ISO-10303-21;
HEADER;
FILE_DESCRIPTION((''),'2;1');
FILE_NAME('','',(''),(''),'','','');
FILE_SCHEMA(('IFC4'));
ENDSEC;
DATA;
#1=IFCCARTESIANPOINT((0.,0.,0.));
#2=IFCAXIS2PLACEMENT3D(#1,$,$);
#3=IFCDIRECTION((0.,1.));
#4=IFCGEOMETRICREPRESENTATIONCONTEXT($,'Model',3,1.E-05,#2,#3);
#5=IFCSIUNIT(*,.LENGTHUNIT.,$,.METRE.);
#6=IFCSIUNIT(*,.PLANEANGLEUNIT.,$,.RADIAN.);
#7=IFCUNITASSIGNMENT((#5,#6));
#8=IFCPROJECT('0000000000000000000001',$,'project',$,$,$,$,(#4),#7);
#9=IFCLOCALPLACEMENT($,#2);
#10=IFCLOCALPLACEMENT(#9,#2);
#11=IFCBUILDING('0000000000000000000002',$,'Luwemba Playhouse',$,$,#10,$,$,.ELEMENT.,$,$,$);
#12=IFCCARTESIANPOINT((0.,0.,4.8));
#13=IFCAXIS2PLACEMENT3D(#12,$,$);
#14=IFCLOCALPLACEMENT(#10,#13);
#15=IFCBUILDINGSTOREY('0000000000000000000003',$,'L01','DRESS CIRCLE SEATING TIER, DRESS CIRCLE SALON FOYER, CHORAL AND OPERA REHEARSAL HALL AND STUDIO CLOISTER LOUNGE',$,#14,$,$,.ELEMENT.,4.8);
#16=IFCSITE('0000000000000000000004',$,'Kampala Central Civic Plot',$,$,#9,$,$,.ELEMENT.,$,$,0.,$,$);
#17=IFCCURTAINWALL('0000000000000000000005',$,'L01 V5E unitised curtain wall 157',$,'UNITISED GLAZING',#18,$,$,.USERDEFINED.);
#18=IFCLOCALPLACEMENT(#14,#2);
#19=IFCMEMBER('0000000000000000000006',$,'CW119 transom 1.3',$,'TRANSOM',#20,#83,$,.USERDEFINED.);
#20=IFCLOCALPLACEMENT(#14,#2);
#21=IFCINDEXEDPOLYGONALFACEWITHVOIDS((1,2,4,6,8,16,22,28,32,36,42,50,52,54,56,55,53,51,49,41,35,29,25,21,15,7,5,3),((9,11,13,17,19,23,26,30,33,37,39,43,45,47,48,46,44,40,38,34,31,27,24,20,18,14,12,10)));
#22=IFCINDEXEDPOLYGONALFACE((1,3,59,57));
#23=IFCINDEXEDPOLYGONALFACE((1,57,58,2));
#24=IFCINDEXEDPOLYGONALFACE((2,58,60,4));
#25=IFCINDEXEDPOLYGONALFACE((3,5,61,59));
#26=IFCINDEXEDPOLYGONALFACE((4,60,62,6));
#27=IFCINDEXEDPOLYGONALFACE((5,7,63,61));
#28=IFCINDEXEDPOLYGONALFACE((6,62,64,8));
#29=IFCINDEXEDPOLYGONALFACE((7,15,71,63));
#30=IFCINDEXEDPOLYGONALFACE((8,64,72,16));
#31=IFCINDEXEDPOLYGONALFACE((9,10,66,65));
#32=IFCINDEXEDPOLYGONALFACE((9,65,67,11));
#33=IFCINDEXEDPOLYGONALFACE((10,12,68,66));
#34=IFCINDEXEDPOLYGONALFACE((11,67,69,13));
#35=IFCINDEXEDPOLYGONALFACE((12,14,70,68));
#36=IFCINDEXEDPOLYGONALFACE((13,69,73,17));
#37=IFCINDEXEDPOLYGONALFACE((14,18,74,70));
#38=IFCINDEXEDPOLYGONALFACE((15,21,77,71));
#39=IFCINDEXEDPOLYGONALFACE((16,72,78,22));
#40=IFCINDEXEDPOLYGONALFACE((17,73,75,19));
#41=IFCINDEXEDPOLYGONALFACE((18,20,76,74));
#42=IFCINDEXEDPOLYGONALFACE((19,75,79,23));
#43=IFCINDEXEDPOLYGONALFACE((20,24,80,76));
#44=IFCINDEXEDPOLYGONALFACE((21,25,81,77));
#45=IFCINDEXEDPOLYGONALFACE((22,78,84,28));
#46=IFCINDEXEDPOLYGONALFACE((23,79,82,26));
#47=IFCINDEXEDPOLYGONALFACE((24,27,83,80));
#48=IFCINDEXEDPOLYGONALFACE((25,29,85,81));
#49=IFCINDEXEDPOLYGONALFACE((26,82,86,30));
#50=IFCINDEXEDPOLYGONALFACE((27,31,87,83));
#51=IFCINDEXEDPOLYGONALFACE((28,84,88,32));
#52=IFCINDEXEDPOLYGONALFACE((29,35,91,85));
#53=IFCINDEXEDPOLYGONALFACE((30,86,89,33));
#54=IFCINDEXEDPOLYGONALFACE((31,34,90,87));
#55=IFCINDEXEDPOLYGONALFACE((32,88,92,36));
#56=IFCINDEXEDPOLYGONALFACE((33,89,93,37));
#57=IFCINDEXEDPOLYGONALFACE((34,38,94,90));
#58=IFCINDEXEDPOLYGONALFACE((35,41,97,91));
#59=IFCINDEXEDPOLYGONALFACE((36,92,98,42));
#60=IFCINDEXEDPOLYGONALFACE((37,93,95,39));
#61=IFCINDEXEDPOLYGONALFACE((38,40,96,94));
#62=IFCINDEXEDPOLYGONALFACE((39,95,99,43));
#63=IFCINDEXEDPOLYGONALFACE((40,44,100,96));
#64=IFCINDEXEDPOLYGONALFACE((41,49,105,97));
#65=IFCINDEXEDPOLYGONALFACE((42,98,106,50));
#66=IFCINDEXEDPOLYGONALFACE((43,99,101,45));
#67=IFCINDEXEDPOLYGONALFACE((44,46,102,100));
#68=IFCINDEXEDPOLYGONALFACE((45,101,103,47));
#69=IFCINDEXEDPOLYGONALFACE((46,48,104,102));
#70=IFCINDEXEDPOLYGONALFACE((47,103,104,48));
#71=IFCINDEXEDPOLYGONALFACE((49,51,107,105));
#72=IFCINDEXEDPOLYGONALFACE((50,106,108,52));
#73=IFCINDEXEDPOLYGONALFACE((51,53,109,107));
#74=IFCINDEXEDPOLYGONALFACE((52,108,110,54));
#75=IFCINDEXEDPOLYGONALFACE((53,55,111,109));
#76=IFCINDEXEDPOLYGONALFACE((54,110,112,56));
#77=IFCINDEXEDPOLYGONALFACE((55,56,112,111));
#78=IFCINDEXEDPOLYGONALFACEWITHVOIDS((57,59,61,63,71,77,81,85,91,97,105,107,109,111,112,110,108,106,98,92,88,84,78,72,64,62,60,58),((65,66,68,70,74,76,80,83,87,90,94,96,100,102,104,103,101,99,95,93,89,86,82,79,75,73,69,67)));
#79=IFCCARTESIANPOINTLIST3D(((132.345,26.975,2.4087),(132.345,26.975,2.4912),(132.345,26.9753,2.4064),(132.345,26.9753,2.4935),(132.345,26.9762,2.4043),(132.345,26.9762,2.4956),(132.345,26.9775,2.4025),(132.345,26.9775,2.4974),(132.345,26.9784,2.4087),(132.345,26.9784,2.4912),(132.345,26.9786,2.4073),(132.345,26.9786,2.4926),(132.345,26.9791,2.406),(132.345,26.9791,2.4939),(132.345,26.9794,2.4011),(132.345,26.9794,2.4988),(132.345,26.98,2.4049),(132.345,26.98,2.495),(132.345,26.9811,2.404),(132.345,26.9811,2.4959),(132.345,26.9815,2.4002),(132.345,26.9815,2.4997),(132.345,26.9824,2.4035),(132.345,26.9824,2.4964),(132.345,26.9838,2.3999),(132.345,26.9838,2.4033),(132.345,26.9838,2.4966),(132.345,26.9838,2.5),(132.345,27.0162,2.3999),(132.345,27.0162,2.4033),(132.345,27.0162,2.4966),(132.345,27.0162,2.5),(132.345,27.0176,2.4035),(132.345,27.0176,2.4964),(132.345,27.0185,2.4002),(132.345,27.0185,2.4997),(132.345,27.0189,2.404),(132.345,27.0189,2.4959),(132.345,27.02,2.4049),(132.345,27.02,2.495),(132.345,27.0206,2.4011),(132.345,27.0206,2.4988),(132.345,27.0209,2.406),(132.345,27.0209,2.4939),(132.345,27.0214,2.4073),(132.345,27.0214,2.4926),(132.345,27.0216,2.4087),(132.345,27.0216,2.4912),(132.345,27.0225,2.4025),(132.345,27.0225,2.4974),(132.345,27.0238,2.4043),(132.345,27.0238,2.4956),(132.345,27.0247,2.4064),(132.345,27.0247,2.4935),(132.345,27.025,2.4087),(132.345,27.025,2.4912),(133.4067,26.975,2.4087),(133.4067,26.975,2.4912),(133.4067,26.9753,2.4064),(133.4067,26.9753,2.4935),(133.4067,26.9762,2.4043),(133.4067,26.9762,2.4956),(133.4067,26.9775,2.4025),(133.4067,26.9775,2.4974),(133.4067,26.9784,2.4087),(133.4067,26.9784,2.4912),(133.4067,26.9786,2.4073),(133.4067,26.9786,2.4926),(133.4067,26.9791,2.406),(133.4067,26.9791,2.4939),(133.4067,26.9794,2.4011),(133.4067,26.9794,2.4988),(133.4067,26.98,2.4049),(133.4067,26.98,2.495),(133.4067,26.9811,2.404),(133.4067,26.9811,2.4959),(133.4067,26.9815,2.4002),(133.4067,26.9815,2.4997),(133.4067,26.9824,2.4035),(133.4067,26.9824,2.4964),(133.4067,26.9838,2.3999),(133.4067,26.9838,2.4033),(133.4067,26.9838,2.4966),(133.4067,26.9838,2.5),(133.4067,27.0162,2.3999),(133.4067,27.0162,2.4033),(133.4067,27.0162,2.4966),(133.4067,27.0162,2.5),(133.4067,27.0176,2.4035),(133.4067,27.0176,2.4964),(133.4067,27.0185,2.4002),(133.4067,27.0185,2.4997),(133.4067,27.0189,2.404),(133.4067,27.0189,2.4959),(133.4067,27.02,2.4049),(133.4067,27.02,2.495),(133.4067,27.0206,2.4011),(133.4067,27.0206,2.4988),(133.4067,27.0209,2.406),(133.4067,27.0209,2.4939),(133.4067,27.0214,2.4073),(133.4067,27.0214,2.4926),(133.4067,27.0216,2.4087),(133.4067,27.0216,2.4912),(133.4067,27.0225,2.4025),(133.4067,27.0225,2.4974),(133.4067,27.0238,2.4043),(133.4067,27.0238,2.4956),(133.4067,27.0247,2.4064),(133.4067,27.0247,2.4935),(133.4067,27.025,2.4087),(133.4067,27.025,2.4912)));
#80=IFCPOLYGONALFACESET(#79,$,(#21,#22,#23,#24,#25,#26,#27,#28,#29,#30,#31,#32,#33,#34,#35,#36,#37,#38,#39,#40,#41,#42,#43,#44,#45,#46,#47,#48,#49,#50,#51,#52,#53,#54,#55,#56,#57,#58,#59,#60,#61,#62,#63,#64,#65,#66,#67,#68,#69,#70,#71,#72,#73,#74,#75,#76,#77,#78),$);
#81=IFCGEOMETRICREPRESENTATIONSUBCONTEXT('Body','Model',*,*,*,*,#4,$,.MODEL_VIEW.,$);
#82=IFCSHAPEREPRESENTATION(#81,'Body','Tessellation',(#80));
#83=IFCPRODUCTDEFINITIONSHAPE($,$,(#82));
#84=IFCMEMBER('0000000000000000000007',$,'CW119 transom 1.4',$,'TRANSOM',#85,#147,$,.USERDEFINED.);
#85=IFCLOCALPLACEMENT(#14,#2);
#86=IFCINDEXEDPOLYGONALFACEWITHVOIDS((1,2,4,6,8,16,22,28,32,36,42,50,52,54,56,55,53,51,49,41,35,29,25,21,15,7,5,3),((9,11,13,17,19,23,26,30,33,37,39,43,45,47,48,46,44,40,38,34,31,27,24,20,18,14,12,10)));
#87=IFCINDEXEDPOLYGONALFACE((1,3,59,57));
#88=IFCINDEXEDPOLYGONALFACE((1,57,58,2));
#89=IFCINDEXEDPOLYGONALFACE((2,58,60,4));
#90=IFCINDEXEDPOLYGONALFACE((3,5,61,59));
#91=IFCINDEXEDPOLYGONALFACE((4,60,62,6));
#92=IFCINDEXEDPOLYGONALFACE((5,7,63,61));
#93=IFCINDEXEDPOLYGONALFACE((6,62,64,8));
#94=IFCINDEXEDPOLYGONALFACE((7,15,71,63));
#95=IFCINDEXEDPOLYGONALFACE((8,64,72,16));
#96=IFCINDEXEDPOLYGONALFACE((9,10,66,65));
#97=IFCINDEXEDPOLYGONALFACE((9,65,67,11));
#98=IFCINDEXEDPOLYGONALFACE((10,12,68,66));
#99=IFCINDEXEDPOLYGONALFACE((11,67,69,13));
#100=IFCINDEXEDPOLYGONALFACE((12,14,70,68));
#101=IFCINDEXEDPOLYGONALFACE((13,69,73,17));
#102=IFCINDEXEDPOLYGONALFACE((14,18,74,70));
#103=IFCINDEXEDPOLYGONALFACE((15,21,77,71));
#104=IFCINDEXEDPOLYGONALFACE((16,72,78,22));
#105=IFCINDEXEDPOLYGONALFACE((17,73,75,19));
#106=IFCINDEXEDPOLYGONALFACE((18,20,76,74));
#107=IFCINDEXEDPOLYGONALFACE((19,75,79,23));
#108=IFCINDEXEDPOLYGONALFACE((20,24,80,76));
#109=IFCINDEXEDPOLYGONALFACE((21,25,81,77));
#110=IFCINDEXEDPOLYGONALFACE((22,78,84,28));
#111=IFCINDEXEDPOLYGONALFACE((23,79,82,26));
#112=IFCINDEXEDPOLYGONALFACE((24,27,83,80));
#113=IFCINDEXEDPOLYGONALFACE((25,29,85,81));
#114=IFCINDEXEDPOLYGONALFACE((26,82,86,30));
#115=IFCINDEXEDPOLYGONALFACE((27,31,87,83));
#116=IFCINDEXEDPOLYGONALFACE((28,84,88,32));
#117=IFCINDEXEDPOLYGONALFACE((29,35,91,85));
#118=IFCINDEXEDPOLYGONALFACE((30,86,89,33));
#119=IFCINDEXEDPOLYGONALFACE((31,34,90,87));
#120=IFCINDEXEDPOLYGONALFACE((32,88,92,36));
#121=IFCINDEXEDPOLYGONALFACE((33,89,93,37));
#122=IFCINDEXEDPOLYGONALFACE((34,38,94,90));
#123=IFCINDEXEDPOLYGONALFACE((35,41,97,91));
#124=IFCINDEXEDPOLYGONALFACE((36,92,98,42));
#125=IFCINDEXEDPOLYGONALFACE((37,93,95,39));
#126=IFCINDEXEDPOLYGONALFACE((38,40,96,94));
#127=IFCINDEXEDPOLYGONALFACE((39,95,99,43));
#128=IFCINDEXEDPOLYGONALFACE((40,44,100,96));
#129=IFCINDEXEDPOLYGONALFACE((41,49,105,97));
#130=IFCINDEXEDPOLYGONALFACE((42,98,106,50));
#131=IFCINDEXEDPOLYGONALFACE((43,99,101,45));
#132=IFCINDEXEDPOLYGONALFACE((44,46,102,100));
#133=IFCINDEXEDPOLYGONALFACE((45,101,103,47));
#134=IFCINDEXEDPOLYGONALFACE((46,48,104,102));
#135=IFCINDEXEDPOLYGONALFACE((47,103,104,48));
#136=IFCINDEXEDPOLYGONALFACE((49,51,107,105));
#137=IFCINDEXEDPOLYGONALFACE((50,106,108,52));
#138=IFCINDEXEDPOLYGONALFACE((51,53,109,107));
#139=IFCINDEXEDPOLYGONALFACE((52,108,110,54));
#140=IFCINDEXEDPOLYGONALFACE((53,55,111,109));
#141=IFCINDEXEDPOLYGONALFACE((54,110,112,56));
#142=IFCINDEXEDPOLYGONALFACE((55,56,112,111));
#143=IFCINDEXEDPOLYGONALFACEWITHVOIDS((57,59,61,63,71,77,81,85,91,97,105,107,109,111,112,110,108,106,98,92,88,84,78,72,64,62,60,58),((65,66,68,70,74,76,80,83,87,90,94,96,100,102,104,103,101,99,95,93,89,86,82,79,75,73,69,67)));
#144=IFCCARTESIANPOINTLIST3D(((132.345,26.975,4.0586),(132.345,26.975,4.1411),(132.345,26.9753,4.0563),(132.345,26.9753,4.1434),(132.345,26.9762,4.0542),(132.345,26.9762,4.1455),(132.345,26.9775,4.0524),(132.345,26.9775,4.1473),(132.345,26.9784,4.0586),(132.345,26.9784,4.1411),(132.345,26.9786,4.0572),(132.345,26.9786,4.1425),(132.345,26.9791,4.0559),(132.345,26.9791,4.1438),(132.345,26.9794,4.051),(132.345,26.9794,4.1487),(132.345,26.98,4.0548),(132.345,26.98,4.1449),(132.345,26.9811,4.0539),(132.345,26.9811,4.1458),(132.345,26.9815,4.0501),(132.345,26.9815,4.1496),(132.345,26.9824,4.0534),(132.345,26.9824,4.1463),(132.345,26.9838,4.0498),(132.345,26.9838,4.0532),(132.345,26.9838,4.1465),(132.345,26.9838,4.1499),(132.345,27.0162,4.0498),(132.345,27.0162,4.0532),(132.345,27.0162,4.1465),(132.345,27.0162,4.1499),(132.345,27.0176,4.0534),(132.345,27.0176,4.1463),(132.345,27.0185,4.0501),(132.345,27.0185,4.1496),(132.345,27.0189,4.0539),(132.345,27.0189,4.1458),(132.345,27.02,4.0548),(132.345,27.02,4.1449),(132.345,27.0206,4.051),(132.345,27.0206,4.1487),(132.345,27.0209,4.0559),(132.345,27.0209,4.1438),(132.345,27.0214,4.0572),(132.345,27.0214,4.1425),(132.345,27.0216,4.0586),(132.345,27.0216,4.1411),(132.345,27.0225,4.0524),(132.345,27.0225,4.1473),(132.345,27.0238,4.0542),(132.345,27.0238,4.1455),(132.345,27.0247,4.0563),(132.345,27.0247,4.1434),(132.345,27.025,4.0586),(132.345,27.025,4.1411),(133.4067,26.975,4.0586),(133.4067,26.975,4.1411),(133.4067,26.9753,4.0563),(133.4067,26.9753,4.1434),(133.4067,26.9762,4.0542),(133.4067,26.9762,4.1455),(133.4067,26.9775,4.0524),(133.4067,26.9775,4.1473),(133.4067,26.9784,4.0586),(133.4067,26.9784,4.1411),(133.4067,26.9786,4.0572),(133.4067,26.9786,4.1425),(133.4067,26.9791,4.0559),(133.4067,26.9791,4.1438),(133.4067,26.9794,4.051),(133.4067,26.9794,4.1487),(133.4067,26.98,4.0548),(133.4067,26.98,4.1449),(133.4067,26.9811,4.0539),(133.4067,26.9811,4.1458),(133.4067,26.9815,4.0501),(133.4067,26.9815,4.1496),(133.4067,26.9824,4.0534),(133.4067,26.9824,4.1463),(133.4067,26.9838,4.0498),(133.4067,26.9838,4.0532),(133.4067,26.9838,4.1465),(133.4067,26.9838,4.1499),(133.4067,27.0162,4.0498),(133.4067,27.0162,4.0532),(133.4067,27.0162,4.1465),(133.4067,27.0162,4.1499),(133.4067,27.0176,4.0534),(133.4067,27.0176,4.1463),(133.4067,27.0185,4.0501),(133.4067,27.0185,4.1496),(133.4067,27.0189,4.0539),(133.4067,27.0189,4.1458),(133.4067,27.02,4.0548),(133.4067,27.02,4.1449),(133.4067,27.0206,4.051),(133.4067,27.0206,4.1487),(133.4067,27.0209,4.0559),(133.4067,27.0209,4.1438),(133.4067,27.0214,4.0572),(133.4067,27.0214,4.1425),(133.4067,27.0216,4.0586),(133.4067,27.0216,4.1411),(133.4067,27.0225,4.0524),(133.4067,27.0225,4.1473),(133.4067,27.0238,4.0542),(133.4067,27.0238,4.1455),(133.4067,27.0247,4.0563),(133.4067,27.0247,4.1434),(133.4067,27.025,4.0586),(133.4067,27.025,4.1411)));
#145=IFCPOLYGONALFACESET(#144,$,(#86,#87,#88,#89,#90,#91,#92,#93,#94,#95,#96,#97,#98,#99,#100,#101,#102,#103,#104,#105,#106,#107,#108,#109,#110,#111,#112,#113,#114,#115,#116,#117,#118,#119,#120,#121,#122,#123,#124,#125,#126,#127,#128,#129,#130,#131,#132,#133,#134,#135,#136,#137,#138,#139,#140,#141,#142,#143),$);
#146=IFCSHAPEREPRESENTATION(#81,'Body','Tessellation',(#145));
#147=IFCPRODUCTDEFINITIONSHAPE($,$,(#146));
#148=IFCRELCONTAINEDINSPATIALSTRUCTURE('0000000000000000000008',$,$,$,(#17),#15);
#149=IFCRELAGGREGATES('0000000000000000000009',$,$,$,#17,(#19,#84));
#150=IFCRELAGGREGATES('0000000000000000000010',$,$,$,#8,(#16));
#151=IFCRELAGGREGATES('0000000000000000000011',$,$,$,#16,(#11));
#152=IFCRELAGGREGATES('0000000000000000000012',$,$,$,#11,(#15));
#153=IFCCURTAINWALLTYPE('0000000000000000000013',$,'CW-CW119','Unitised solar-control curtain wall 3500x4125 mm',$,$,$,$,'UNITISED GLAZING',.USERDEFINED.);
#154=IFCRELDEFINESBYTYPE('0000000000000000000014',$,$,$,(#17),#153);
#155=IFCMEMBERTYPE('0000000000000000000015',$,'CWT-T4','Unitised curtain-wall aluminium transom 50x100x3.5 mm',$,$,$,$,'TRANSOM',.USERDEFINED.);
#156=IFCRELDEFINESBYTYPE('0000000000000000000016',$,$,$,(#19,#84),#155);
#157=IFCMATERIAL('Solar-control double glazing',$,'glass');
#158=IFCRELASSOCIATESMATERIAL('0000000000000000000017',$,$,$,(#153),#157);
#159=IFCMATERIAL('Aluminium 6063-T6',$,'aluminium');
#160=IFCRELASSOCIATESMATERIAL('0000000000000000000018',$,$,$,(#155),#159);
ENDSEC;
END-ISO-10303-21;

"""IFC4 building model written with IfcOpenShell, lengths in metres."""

from ifc_helpers import new_model, si_unit, direction, frame, origin, origin_2d, place, context, subcontext, project, spatial, hollow_rectangle, extrude, material, material_profile, profile_set, type_object, element, aggregate, save


model = new_model("IFC4")

# Units and contexts
model_context = context("Model", 3, precision=1e-05, world=origin(), true_north=direction((0.0, 1.0)))
body_context = subcontext(model_context, "Body", "Model", "MODEL_VIEW")
ifc_project = project(units=[si_unit("LENGTHUNIT", "METRE"), si_unit("PLANEANGLEUNIT", "RADIAN")], contexts=[model_context])

# Site, building, storey
site_placement = place(None, origin())
site = spatial("IfcSite", under=ifc_project, at=site_placement, Name="Kampala Central Civic Plot", CompositionType="ELEMENT", RefElevation=0.0)
building_placement = place(site_placement, origin())
building = spatial("IfcBuilding", under=site, at=building_placement, Name="Luwemba Playhouse", CompositionType="ELEMENT")
storey_placement = place(building_placement, frame((0.0, 0.0, 4.8)))
storey = spatial("IfcBuildingStorey", under=building, at=storey_placement, Name="L01", Description="DRESS CIRCLE SEATING TIER, DRESS CIRCLE SALON FOYER, CHORAL AND OPERA REHEARSAL HALL AND STUDIO CLOISTER LOUNGE", CompositionType="ELEMENT", Elevation=4.8)

# Shared definitions
ifc_material_1 = material(Name="Solar-control double glazing", Category="glass")
ifc_material_2 = material(Name="Aluminium 6063-T6", Category="aluminium")

# Curtain wall
curtain_wall_type_1 = type_object("IfcCurtainWallType", Name="CW-CW119", Description="Unitised solar-control curtain wall 3500x4125 mm", ElementType="UNITISED GLAZING", PredefinedType="USERDEFINED", material=ifc_material_1)
curtain_wall_1_placement = place(storey_placement, origin())
curtain_wall_1 = element("IfcCurtainWall", 1, at=curtain_wall_1_placement, inside=storey, type_object=curtain_wall_type_1, Name="L01 V5E unitised curtain wall 157", ObjectType="UNITISED GLAZING", PredefinedType="USERDEFINED")

# Members
ifc_material_profile_1 = material_profile(ifc_material_2, hollow_rectangle(XDim=0.05, YDim=0.1001, WallThickness=0.0034, InnerFilletRadius=0.0054, OuterFilletRadius=0.0088, at=origin_2d()))
ifc_profile_set_1 = profile_set([ifc_material_profile_1], Name="Aluminium 6063-T6")
member_type_1 = type_object("IfcMemberType", Name="CWT-T4", Description="Unitised curtain-wall aluminium transom 50x100x3.5 mm", ElementType="TRANSOM", PredefinedType="USERDEFINED", material=ifc_profile_set_1)
member_1_placement = place(storey_placement, frame((132.345, 27.0, 2.45), z_axis=(1.0, 0.0, 0.0), x_axis=(0.0, 1.0, 0.0)))
member_1 = element("IfcMember", 2, at=member_1_placement, type_object=member_type_1, Name="CW119 transom 1.3", ObjectType="TRANSOM", PredefinedType="USERDEFINED", context=body_context, shape_type="SweptSolid", body=[
    extrude(hollow_rectangle(XDim=0.05, YDim=0.1001, WallThickness=0.0034, InnerFilletRadius=0.0054, OuterFilletRadius=0.0088, at=origin_2d()), origin(), (0.0, 0.0, 1.0), 1.0618),
])
member_2_placement = place(storey_placement, frame((132.345, 27.0, 4.0999), z_axis=(1.0, 0.0, 0.0), x_axis=(0.0, 1.0, 0.0)))
member_2 = element("IfcMember", 3, at=member_2_placement, type_object=member_type_1, Name="CW119 transom 1.4", ObjectType="TRANSOM", PredefinedType="USERDEFINED", context=body_context, shape_type="SweptSolid", body=[
    extrude(hollow_rectangle(XDim=0.05, YDim=0.1001, WallThickness=0.0034, InnerFilletRadius=0.0054, OuterFilletRadius=0.0088, at=origin_2d()), origin(), (0.0, 0.0, 1.0), 1.0618),
])

aggregate(curtain_wall_1, [member_1, member_2])

save(model, "model.ifc")
